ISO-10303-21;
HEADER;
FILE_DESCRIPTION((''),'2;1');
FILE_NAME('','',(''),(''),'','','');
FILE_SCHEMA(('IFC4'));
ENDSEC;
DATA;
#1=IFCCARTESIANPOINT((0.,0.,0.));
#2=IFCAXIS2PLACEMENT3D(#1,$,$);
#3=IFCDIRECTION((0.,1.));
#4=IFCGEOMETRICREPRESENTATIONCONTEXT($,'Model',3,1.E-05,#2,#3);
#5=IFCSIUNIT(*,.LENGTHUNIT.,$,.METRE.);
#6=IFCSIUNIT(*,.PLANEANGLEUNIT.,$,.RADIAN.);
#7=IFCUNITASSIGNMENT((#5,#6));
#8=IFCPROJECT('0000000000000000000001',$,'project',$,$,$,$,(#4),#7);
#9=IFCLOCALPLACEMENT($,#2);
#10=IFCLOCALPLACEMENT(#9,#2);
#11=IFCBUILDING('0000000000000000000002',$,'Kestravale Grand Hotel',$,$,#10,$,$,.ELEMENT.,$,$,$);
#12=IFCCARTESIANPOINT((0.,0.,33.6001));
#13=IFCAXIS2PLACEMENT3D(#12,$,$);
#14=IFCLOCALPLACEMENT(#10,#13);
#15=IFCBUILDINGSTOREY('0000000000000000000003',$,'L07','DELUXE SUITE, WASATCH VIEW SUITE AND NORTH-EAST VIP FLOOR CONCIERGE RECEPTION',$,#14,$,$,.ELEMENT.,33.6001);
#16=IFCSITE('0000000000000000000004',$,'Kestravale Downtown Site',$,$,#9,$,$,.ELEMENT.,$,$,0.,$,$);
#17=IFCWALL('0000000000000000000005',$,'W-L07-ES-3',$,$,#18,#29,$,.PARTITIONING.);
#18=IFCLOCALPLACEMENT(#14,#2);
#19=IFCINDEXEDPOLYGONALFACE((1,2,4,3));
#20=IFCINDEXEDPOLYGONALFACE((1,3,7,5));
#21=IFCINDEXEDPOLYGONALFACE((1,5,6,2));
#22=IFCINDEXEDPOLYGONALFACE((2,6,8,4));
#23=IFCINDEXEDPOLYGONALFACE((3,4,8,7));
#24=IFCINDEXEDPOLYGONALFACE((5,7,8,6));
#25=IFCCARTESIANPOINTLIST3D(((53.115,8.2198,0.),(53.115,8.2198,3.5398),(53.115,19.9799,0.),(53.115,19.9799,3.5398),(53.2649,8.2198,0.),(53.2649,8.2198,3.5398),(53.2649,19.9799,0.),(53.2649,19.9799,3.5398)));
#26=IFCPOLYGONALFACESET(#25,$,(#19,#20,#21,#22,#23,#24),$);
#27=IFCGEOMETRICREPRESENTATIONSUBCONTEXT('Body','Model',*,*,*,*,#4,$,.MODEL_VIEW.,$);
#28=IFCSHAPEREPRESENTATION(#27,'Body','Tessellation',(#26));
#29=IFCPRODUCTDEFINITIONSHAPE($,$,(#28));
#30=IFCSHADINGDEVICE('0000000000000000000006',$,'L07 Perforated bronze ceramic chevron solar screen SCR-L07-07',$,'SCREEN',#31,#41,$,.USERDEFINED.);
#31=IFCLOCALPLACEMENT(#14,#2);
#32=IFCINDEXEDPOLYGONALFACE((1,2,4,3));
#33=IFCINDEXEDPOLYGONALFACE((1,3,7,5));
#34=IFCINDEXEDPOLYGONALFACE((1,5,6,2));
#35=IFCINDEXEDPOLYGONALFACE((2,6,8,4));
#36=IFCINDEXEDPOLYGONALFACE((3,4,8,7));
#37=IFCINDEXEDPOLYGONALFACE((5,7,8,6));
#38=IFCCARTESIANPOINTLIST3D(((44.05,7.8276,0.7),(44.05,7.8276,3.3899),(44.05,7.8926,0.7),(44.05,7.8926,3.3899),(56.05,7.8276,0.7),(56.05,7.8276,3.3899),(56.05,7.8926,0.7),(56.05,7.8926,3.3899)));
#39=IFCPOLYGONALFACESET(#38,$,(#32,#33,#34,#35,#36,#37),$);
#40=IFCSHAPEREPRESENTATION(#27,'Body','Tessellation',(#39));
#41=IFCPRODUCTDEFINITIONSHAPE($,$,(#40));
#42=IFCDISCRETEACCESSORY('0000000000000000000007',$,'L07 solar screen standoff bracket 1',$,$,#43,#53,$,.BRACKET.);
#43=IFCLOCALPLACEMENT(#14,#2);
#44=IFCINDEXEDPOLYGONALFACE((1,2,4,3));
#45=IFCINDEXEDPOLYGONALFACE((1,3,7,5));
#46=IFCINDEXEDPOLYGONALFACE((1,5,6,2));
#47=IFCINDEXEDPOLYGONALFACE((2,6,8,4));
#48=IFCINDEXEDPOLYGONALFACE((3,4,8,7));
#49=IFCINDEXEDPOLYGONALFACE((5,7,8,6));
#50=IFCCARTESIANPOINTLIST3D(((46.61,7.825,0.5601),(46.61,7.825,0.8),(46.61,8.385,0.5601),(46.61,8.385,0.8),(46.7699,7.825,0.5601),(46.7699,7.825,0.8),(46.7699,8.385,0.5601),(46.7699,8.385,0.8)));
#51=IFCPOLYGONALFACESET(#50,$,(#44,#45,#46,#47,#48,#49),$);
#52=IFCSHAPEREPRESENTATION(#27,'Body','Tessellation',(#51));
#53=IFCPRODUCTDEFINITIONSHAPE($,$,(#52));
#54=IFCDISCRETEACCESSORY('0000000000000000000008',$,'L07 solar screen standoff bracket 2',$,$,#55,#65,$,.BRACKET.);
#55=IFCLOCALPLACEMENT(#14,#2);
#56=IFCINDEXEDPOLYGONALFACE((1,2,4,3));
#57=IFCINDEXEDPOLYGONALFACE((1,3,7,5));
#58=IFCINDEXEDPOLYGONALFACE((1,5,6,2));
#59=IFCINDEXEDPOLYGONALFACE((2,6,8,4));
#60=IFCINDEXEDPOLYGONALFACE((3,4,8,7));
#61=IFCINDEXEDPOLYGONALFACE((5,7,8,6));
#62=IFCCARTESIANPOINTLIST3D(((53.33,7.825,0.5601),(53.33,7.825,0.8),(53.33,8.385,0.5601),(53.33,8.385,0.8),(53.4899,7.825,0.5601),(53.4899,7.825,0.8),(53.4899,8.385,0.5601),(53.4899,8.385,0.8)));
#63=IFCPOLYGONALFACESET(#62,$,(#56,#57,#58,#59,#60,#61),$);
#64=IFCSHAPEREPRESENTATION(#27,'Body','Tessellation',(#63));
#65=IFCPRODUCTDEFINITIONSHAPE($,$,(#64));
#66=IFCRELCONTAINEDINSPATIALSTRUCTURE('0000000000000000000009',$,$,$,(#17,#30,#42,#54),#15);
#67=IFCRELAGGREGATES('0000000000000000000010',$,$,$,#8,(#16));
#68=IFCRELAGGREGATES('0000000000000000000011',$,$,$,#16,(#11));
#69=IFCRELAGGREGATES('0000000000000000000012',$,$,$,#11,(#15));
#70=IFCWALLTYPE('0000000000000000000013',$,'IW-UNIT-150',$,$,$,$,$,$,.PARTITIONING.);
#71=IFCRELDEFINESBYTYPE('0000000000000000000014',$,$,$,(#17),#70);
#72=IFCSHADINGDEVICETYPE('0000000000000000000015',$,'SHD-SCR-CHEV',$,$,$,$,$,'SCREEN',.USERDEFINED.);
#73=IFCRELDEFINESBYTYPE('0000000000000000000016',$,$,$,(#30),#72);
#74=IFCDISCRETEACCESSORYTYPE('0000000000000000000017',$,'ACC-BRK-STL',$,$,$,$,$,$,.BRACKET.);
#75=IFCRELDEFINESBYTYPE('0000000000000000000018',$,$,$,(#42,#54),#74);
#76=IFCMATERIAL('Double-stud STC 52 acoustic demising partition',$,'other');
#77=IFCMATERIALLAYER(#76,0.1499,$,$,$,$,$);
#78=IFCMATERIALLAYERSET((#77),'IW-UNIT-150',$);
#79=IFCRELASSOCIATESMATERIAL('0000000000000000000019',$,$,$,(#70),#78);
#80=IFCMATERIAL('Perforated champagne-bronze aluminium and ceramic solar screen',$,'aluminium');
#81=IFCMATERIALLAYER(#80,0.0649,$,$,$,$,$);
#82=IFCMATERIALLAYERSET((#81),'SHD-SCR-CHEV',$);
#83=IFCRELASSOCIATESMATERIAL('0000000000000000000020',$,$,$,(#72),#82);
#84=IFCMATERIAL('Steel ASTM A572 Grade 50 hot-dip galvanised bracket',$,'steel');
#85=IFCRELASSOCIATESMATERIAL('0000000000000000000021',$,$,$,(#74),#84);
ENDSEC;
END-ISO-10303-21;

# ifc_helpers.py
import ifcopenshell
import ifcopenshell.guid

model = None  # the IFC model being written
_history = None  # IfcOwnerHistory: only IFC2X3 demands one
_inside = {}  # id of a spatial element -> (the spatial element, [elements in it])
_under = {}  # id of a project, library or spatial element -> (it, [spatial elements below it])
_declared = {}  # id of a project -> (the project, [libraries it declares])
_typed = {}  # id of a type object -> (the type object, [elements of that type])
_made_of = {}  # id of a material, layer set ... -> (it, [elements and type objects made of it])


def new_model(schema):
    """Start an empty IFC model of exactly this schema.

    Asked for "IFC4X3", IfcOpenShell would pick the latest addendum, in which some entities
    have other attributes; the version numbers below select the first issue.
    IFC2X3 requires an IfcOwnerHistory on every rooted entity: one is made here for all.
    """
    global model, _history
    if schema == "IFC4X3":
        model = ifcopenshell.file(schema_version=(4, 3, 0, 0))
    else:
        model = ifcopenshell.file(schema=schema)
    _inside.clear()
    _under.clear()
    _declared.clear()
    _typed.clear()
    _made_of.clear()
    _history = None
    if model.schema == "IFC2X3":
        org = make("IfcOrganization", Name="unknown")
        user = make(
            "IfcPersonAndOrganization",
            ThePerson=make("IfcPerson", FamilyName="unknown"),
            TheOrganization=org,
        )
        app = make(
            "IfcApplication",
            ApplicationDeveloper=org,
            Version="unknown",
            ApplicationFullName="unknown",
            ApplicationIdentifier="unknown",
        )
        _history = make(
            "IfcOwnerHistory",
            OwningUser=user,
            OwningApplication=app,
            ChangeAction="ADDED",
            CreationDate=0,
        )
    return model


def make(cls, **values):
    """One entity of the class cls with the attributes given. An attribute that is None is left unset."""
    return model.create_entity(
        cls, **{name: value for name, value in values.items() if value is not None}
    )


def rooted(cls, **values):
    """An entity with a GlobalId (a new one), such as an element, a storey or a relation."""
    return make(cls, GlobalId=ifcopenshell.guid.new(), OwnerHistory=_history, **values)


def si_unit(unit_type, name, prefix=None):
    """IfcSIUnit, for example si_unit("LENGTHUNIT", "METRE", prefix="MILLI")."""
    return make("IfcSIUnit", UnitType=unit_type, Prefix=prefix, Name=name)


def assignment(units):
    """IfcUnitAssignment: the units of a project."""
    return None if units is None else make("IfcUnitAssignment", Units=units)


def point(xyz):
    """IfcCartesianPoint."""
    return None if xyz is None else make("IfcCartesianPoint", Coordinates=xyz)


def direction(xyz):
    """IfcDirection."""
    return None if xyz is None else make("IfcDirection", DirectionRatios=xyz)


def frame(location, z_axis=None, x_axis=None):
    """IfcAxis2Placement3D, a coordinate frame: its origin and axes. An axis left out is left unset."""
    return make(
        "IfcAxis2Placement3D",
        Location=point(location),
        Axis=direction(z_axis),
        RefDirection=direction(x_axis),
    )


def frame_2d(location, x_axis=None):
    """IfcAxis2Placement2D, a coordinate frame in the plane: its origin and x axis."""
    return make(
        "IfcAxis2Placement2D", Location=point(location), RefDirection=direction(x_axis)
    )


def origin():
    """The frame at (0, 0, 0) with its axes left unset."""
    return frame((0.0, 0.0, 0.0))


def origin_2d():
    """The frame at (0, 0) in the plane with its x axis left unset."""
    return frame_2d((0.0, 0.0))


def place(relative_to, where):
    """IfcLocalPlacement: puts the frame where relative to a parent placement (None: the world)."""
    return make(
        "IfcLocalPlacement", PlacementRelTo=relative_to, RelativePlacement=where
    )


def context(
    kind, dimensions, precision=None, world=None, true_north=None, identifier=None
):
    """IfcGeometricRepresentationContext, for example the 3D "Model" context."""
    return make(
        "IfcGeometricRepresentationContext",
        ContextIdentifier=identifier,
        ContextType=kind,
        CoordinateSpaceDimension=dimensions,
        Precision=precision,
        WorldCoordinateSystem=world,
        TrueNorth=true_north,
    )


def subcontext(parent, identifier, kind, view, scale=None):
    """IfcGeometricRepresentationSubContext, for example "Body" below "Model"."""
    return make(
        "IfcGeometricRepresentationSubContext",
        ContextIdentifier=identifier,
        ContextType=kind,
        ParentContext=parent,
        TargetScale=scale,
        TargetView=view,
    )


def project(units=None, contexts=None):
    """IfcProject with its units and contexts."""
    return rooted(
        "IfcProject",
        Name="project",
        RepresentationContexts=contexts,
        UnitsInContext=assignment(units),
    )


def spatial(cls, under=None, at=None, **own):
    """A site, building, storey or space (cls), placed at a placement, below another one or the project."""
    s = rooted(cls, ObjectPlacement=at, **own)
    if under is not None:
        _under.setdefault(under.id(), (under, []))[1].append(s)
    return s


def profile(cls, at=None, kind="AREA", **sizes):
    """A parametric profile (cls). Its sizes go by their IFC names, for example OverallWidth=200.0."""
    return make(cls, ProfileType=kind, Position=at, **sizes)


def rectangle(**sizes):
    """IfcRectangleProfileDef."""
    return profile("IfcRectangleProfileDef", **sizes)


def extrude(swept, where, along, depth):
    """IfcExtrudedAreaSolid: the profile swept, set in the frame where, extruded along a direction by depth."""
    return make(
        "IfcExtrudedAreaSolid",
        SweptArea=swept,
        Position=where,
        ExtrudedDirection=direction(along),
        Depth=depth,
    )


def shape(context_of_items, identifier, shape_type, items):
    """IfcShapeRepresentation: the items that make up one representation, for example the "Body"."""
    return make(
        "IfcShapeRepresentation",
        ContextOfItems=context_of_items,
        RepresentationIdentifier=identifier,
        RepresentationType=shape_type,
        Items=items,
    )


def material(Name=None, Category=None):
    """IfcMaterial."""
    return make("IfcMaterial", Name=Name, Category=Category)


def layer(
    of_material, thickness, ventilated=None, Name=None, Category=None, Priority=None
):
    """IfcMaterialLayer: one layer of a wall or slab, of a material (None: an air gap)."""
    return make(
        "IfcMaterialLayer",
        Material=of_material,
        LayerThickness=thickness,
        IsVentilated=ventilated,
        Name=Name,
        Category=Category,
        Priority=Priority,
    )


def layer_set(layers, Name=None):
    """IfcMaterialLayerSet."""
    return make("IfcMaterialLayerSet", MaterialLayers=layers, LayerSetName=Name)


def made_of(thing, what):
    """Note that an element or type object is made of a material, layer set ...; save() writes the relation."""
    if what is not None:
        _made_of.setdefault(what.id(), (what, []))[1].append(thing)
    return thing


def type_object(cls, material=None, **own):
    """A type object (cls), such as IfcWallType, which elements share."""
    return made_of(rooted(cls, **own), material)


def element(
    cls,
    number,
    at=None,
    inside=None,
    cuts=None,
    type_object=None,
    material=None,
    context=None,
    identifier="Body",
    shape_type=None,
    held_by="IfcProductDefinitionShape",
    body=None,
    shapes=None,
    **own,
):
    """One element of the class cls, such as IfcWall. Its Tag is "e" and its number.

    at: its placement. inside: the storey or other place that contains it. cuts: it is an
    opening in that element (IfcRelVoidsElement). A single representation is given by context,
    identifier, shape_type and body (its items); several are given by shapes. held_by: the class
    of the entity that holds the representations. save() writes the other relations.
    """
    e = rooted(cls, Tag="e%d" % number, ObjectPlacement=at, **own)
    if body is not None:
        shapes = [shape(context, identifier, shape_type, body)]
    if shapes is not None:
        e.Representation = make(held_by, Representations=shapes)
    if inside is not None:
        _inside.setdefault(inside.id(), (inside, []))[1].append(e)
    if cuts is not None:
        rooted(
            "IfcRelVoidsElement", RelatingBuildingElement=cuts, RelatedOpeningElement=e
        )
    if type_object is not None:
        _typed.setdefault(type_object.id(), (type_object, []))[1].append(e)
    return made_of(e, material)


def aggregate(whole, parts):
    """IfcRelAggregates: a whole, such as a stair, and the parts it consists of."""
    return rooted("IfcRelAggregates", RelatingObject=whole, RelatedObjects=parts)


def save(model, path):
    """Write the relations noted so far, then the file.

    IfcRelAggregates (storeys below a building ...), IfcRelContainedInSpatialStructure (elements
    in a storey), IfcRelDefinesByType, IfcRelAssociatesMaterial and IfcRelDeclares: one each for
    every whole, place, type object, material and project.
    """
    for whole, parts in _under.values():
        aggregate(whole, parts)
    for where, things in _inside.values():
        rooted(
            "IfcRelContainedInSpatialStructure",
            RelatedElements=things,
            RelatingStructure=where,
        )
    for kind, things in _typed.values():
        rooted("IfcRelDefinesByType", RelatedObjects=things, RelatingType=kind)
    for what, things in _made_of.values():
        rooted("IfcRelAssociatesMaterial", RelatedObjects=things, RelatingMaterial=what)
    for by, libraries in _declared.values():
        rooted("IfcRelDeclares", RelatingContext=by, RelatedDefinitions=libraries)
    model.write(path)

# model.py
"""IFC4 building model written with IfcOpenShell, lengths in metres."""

from ifc_helpers import new_model, si_unit, direction, frame, frame_2d, origin, origin_2d, place, context, subcontext, project, spatial, rectangle, extrude, material, layer, layer_set, type_object, element, save


model = new_model("IFC4")

# Units and contexts
model_context = context("Model", 3, precision=1e-05, world=origin(), true_north=direction((0.0, 1.0)))
body_context = subcontext(model_context, "Body", "Model", "MODEL_VIEW")
ifc_project = project(units=[si_unit("LENGTHUNIT", "METRE"), si_unit("PLANEANGLEUNIT", "RADIAN")], contexts=[model_context])

# Site, building, storey
site_placement = place(None, origin())
site = spatial("IfcSite", under=ifc_project, at=site_placement, Name="Kestravale Downtown Site", CompositionType="ELEMENT", RefElevation=0.0)
building_placement = place(site_placement, origin())
building = spatial("IfcBuilding", under=site, at=building_placement, Name="Kestravale Grand Hotel", CompositionType="ELEMENT")
storey_placement = place(building_placement, frame((0.0, 0.0, 33.6001)))
storey = spatial("IfcBuildingStorey", under=building, at=storey_placement, Name="L07", Description="DELUXE SUITE, WASATCH VIEW SUITE AND NORTH-EAST VIP FLOOR CONCIERGE RECEPTION", CompositionType="ELEMENT", Elevation=33.6001)

# Wall
ifc_material_1 = material(Name="Double-stud STC 52 acoustic demising partition", Category="other")
ifc_layer_1 = layer(ifc_material_1, 0.1499)
ifc_layer_set_1 = layer_set([ifc_layer_1], Name="IW-UNIT-150")
wall_type_1 = type_object("IfcWallType", Name="IW-UNIT-150", PredefinedType="PARTITIONING", material=ifc_layer_set_1)
wall_1_placement = place(storey_placement, frame((53.1899, 8.22, 0.0), z_axis=(0.0, 0.0, 1.0), x_axis=(0.0, 1.0, 0.0)))
element("IfcWall", 1, at=wall_1_placement, inside=storey, type_object=wall_type_1, Name="W-L07-ES-3", PredefinedType="PARTITIONING", context=body_context, shape_type="SweptSolid", body=[
    extrude(rectangle(XDim=11.76, YDim=0.1499, at=frame_2d((5.8799, 0.0))), origin(), (0.0, 0.0, 1.0), 3.5398),
])

# Shading device
ifc_material_2 = material(Name="Perforated champagne-bronze aluminium and ceramic solar screen", Category="aluminium")
ifc_layer_2 = layer(ifc_material_2, 0.0649)
ifc_layer_set_2 = layer_set([ifc_layer_2], Name="SHD-SCR-CHEV")
shading_device_type = type_object("IfcShadingDeviceType", Name="SHD-SCR-CHEV", ElementType="SCREEN", PredefinedType="USERDEFINED", material=ifc_layer_set_2)
shading_device_placement = place(storey_placement, frame((50.05, 7.8601, 0.7), z_axis=(0.0, 0.0, 1.0), x_axis=(1.0, 0.0, 0.0)))
element("IfcShadingDevice", 2, at=shading_device_placement, inside=storey, type_object=shading_device_type, Name="L07 Perforated bronze ceramic chevron solar screen SCR-L07-07", ObjectType="SCREEN", PredefinedType="USERDEFINED", context=body_context, shape_type="SweptSolid", body=[
    extrude(rectangle(XDim=12.0, YDim=0.0649, at=origin_2d()), origin(), (0.0, 0.0, 1.0), 2.6899),
])

# Discrete accessories
ifc_material_3 = material(Name="Steel ASTM A572 Grade 50 hot-dip galvanised bracket", Category="steel")
discrete_accessory_type = type_object("IfcDiscreteAccessoryType", Name="ACC-BRK-STL", PredefinedType="BRACKET", material=ifc_material_3)
for number, where, z_axis, x_axis, name in (
    (3, (46.6899, 8.105, 0.5601), (0.0, 0.0, 1.0), (1.0, 0.0, 0.0), "L07 solar screen standoff bracket 1"),
    (4, (53.4099, 8.105, 0.5601), (0.0, 0.0, 1.0), (1.0, 0.0, 0.0), "L07 solar screen standoff bracket 2"),
):
    element("IfcDiscreteAccessory", number, at=place(storey_placement, frame(where, z_axis=z_axis, x_axis=x_axis)), inside=storey, type_object=discrete_accessory_type, Name=name, PredefinedType="BRACKET", context=body_context, shape_type="SweptSolid", body=[
        extrude(rectangle(XDim=0.1599, YDim=0.5601, at=origin_2d()), origin(), (0.0, 0.0, 1.0), 0.24),
    ])

save(model, "model.ifc")
